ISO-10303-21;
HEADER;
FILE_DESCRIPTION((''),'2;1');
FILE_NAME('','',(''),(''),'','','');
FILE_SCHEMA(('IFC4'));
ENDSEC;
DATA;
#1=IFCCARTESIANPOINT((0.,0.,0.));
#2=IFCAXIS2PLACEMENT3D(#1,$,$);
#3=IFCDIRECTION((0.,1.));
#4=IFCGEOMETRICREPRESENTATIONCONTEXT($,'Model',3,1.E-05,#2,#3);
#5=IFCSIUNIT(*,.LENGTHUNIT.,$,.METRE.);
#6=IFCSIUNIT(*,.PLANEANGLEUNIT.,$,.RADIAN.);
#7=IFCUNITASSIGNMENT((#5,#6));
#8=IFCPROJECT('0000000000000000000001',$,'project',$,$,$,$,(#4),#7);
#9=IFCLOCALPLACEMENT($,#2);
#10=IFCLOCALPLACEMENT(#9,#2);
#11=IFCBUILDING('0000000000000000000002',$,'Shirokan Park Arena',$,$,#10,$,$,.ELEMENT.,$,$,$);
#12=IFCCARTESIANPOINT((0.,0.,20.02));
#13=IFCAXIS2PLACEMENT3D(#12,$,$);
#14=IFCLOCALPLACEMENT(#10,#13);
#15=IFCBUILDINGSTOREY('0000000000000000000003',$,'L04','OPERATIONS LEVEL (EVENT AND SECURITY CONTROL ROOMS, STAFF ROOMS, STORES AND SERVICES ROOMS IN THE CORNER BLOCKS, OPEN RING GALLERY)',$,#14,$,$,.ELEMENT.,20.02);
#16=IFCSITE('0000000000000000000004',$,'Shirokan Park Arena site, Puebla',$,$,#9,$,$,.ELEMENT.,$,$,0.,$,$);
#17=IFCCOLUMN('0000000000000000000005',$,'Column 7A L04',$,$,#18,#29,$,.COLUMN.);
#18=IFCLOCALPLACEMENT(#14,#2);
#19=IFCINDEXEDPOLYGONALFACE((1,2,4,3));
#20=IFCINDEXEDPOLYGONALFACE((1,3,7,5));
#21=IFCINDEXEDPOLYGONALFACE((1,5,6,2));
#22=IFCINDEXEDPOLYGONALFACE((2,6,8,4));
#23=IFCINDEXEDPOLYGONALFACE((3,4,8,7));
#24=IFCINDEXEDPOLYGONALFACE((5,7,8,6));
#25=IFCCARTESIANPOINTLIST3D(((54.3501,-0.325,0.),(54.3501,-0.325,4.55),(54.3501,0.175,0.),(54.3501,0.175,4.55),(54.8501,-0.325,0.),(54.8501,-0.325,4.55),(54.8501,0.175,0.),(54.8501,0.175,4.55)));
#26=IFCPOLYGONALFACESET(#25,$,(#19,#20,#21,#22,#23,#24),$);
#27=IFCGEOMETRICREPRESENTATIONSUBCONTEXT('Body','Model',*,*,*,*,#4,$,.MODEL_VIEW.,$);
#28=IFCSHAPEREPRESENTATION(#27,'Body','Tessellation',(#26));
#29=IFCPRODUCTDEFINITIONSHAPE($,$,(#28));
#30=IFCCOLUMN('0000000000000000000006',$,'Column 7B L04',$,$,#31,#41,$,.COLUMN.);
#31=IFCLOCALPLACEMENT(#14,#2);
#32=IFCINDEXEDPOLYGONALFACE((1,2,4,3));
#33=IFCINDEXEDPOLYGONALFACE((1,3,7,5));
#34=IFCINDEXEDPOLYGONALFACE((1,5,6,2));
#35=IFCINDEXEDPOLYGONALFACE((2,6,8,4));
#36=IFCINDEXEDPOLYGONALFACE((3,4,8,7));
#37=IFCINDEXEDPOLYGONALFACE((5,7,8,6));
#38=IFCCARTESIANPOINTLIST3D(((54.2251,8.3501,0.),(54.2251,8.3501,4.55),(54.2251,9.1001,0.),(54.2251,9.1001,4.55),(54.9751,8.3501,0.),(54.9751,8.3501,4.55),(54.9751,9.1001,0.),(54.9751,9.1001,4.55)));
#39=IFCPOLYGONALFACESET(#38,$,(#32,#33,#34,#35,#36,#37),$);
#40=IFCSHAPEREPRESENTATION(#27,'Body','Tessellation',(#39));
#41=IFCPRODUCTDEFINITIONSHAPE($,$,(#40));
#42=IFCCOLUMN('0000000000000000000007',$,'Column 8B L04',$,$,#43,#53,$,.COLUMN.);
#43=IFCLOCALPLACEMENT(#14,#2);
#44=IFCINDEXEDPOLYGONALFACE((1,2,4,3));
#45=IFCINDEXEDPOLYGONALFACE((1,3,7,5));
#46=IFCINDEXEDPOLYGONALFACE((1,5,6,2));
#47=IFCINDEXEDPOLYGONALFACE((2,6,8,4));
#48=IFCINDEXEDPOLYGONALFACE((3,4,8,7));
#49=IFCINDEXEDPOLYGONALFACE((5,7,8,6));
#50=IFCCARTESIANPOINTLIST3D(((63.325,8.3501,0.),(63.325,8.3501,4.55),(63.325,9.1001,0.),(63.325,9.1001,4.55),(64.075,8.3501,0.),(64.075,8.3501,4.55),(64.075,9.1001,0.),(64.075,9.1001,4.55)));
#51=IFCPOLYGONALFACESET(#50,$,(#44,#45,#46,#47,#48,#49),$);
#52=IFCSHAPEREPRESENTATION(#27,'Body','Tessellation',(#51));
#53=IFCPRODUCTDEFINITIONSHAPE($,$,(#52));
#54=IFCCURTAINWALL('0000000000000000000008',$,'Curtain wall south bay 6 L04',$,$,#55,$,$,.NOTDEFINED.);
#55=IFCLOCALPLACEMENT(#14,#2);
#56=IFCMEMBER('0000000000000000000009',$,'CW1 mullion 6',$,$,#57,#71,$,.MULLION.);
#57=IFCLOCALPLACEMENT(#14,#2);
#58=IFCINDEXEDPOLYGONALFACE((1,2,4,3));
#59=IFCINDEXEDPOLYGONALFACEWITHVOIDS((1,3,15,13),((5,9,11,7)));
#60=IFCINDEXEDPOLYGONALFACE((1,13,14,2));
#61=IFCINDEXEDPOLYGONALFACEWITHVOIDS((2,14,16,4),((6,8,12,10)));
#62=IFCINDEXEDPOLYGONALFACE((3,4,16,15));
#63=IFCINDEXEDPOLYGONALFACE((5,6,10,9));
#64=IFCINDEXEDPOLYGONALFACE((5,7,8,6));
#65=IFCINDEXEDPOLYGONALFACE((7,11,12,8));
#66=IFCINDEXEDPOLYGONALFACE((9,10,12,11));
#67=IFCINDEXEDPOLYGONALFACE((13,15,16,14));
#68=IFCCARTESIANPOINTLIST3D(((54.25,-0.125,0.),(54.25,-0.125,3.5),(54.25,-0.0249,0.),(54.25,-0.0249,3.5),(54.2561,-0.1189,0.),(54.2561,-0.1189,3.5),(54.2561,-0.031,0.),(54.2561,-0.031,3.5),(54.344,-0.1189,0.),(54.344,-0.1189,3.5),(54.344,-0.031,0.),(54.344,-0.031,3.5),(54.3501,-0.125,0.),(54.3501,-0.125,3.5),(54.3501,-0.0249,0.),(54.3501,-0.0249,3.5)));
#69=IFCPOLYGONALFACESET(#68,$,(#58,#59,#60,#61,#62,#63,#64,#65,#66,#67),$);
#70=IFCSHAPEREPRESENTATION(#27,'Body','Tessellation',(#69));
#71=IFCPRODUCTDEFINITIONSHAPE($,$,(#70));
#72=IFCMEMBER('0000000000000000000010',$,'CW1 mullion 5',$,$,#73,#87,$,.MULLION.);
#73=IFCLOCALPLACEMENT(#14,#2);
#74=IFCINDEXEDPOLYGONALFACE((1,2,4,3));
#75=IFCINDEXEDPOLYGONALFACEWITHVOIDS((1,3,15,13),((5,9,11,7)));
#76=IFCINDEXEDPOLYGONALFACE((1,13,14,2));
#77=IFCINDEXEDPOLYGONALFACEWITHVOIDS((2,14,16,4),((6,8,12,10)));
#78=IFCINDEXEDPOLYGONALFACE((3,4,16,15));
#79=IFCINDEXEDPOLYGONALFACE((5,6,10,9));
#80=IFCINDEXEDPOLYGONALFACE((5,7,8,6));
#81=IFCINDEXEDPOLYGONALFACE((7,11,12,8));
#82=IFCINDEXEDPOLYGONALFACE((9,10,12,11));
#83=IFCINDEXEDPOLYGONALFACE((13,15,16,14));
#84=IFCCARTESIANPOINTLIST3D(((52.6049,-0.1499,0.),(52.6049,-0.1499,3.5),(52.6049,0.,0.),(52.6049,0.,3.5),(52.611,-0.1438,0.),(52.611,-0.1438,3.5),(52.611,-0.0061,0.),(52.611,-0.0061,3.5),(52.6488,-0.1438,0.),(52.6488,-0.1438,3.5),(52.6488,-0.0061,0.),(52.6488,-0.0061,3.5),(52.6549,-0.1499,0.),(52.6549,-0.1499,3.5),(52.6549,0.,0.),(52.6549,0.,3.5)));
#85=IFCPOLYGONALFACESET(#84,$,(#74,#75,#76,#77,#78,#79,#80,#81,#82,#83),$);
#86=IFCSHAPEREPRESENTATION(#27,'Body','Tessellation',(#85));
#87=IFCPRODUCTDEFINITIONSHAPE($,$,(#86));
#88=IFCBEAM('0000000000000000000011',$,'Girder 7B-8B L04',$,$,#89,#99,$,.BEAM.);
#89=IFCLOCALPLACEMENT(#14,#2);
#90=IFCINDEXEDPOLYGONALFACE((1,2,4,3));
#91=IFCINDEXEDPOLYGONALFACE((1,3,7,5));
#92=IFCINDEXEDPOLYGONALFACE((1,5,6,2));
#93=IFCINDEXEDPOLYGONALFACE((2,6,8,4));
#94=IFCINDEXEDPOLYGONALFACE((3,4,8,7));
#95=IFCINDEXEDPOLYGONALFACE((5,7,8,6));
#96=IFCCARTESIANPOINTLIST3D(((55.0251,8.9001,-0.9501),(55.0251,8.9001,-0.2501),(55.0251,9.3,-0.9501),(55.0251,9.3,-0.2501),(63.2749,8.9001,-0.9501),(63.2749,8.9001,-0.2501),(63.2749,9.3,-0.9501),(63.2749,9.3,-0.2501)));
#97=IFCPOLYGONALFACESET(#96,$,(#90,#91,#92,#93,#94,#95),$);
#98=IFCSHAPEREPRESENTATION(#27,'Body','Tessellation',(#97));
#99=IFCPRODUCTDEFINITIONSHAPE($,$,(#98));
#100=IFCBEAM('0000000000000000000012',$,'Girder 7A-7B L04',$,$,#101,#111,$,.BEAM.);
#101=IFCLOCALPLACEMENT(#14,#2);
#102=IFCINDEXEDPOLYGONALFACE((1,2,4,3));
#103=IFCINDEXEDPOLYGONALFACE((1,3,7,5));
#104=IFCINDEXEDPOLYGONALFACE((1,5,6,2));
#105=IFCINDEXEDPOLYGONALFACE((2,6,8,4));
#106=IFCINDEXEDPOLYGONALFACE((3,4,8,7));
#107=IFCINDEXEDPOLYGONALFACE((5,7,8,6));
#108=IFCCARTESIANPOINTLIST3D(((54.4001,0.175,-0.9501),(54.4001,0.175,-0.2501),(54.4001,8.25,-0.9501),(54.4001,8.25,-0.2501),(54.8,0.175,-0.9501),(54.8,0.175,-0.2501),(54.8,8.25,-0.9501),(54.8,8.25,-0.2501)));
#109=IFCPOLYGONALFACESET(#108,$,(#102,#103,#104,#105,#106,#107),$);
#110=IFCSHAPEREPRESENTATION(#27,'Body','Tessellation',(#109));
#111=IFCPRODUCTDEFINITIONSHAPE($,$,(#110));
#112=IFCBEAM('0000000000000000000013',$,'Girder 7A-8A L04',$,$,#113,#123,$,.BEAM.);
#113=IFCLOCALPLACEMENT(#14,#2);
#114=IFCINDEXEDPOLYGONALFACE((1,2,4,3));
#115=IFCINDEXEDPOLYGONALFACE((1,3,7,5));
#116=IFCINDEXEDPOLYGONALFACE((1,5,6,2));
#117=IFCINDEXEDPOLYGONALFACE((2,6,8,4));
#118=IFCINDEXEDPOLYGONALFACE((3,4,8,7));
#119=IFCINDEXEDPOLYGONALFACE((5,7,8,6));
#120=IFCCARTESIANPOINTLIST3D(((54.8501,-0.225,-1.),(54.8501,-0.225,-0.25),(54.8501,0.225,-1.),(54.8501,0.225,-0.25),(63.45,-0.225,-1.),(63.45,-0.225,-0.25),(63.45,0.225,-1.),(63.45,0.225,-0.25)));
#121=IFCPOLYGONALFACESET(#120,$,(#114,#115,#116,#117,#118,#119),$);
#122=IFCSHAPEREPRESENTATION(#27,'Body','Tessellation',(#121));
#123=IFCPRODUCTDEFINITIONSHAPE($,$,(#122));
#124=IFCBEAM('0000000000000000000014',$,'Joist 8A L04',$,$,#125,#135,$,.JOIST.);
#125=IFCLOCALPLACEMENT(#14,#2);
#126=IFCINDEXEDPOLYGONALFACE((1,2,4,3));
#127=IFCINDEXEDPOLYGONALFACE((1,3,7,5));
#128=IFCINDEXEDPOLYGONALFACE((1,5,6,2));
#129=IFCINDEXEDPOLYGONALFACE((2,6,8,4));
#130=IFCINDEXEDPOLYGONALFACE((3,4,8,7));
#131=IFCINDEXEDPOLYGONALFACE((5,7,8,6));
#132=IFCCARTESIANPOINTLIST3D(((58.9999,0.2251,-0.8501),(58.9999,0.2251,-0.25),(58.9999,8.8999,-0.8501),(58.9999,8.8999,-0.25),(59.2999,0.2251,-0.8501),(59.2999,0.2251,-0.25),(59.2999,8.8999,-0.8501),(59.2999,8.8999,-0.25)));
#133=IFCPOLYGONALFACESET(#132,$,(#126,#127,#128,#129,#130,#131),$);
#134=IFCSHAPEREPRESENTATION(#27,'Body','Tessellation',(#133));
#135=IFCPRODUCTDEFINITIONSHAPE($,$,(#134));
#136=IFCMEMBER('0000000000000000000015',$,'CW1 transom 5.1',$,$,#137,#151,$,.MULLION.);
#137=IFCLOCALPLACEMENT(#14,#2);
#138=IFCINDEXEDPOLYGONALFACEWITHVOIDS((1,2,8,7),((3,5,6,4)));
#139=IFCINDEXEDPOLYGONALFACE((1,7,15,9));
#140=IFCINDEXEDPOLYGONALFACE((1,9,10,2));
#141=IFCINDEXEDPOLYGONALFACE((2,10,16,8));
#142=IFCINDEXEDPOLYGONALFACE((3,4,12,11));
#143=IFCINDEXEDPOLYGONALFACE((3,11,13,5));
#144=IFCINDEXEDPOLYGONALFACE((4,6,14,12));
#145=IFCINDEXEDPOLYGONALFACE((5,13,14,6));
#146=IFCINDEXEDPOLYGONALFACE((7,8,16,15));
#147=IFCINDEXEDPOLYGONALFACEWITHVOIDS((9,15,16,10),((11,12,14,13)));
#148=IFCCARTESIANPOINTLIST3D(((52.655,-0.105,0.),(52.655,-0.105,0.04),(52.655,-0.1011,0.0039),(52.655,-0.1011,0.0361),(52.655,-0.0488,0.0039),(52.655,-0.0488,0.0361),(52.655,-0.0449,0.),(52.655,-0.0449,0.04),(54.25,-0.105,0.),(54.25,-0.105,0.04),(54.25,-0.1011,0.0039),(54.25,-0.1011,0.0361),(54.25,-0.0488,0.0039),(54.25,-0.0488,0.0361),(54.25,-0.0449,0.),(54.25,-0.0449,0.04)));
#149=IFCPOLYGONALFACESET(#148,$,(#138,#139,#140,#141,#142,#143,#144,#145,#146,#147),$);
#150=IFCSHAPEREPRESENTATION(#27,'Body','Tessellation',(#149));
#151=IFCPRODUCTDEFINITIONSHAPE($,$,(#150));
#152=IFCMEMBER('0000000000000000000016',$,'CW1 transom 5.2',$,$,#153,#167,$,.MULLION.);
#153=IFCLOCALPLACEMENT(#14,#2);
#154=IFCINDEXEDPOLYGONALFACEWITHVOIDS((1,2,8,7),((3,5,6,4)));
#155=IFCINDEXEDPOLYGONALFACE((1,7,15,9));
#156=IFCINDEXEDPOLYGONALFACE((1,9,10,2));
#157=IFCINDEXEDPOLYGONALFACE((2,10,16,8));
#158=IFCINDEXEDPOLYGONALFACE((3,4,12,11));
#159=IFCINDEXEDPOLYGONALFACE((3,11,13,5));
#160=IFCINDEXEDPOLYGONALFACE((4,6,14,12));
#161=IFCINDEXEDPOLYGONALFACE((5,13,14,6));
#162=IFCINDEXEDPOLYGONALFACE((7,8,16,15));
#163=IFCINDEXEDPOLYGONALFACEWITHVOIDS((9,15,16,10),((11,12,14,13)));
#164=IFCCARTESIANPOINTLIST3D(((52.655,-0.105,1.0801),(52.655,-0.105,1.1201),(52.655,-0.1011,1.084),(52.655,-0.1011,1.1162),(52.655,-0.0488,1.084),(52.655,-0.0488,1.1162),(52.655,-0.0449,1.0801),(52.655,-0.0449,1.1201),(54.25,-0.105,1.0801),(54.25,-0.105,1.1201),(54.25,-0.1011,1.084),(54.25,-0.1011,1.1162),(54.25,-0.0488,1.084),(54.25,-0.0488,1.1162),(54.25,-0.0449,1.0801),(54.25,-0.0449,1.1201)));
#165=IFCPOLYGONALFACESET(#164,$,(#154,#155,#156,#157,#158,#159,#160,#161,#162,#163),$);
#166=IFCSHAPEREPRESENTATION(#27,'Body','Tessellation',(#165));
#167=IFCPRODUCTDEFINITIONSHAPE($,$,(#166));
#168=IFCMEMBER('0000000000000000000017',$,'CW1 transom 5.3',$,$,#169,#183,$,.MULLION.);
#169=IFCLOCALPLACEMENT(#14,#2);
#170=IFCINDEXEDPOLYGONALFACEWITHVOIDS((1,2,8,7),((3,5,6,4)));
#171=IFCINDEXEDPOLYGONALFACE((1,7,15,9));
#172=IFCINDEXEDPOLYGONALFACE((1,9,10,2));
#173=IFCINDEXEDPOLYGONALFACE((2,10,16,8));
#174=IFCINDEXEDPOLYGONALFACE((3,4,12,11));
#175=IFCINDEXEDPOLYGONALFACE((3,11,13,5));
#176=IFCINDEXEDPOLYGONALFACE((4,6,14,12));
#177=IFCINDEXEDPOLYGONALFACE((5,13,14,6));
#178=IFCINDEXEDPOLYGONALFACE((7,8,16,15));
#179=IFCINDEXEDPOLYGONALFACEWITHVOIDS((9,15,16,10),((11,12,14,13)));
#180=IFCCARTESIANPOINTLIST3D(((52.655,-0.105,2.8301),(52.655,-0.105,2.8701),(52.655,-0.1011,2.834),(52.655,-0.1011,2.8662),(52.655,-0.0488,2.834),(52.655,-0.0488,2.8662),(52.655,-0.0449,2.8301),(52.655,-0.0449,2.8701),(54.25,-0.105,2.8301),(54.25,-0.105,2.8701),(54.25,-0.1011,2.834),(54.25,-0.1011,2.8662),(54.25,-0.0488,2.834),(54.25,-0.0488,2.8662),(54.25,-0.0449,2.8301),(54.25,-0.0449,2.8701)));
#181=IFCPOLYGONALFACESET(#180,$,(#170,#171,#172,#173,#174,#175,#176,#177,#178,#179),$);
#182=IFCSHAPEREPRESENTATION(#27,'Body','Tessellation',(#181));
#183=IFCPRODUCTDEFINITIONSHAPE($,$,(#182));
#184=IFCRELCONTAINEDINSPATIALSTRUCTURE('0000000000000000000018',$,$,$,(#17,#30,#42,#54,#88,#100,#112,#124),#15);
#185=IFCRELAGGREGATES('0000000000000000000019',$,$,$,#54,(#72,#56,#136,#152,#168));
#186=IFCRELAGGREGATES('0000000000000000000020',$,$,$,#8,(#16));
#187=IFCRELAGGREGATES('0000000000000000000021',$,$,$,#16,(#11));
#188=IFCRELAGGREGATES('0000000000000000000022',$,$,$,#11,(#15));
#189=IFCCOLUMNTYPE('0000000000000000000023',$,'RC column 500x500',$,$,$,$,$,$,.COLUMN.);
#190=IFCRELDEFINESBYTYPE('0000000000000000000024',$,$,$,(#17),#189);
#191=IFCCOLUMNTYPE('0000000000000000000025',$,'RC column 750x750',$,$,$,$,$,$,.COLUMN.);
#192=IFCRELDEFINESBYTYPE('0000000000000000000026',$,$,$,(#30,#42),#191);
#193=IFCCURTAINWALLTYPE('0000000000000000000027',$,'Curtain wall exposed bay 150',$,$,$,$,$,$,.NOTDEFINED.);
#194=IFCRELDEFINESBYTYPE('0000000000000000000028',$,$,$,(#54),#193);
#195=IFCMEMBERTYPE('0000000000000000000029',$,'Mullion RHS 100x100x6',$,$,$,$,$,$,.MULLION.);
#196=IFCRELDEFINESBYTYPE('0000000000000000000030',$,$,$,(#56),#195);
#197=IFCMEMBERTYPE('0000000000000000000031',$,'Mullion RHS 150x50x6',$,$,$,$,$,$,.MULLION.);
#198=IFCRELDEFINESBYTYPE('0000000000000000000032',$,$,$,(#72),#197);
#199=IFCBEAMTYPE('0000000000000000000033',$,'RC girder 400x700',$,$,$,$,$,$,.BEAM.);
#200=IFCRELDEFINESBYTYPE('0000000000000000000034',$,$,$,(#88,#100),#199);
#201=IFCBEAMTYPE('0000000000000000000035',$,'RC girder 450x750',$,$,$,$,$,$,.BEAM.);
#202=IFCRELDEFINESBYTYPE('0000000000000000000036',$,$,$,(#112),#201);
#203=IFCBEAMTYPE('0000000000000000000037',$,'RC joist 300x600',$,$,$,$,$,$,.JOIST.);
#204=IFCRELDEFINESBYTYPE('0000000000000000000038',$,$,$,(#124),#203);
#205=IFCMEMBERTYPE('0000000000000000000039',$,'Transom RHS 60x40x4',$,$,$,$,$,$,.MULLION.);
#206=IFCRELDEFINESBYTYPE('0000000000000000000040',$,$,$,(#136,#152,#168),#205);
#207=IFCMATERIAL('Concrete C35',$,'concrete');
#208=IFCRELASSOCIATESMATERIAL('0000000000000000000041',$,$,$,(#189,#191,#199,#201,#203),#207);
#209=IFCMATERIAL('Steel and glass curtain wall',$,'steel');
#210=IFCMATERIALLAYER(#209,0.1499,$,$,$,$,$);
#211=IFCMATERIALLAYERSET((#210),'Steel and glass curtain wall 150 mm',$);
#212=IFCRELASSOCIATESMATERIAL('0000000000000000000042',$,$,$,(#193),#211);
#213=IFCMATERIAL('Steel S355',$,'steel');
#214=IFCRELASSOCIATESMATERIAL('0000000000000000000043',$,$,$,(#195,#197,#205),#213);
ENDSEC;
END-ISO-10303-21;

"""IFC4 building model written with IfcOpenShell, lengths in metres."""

from ifc_helpers import new_model, si_unit, direction, frame, origin, origin_2d, place, context, subcontext, project, spatial, rectangle, hollow_rectangle, extrude, material, layer, layer_set, material_profile, profile_set, type_object, element, aggregate, save


model = new_model("IFC4")

# Units and contexts
model_context = context("Model", 3, precision=1e-05, world=origin(), true_north=direction((0.0, 1.0)))
body_context = subcontext(model_context, "Body", "Model", "MODEL_VIEW")
ifc_project = project(units=[si_unit("LENGTHUNIT", "METRE"), si_unit("PLANEANGLEUNIT", "RADIAN")], contexts=[model_context])

# Site, building, storey
site_placement = place(None, origin())
site = spatial("IfcSite", under=ifc_project, at=site_placement, Name="Shirokan Park Arena site, Puebla", CompositionType="ELEMENT", RefElevation=0.0)
building_placement = place(site_placement, origin())
building = spatial("IfcBuilding", under=site, at=building_placement, Name="Shirokan Park Arena", CompositionType="ELEMENT")
storey_placement = place(building_placement, frame((0.0, 0.0, 20.02)))
storey = spatial("IfcBuildingStorey", under=building, at=storey_placement, Name="L04", Description="OPERATIONS LEVEL (EVENT AND SECURITY CONTROL ROOMS, STAFF ROOMS, STORES AND SERVICES ROOMS IN THE CORNER BLOCKS, OPEN RING GALLERY)", CompositionType="ELEMENT", Elevation=20.02)

# Columns
ifc_material_1 = material(Name="Concrete C35", Category="concrete")
ifc_material_profile_1 = material_profile(ifc_material_1, rectangle(XDim=0.5, YDim=0.5, at=origin_2d()), Name="500x500")
ifc_profile_set_1 = profile_set([ifc_material_profile_1], Name="Concrete C35")
column_type_1 = type_object("IfcColumnType", Name="RC column 500x500", PredefinedType="COLUMN", material=ifc_profile_set_1)
column_placement = place(storey_placement, frame((54.6001, -0.075, 0.0), z_axis=(0.0, 0.0, 1.0), x_axis=(1.0, 0.0, 0.0)))
element("IfcColumn", 1, at=column_placement, inside=storey, type_object=column_type_1, Name="Column 7A L04", PredefinedType="COLUMN", context=body_context, shape_type="SweptSolid", body=[
    extrude(rectangle(XDim=0.5, YDim=0.5, at=origin_2d()), origin(), (0.0, 0.0, 1.0), 4.55),
])
ifc_material_profile_2 = material_profile(ifc_material_1, rectangle(XDim=0.75, YDim=0.75, at=origin_2d()), Name="750x750")
ifc_profile_set_2 = profile_set([ifc_material_profile_2], Name="Concrete C35")
column_type_2 = type_object("IfcColumnType", Name="RC column 750x750", PredefinedType="COLUMN", material=ifc_profile_set_2)
for number, where, z_axis, x_axis, name in (
    (2, (54.6001, 8.7251, 0.0), (0.0, 0.0, 1.0), (1.0, 0.0, 0.0), "Column 7B L04"),
    (3, (63.7, 8.7251, 0.0), (0.0, 0.0, 1.0), (1.0, 0.0, 0.0), "Column 8B L04"),
):
    element("IfcColumn", number, at=place(storey_placement, frame(where, z_axis=z_axis, x_axis=x_axis)), inside=storey, type_object=column_type_2, Name=name, PredefinedType="COLUMN", context=body_context, shape_type="SweptSolid", body=[
        extrude(rectangle(XDim=0.75, YDim=0.75, at=origin_2d()), origin(), (0.0, 0.0, 1.0), 4.55),
    ])

# Curtain wall, members
ifc_material_2 = material(Name="Steel and glass curtain wall", Category="steel")
ifc_layer_1 = layer(ifc_material_2, 0.1499)
ifc_layer_set_1 = layer_set([ifc_layer_1], Name="Steel and glass curtain wall 150 mm")
curtain_wall_type = type_object("IfcCurtainWallType", Name="Curtain wall exposed bay 150", PredefinedType="NOTDEFINED", material=ifc_layer_set_1)
curtain_wall_placement = place(storey_placement, origin())
curtain_wall = element("IfcCurtainWall", 4, at=curtain_wall_placement, inside=storey, type_object=curtain_wall_type, Name="Curtain wall south bay 6 L04", PredefinedType="NOTDEFINED")
ifc_material_3 = material(Name="Steel S355", Category="steel")
ifc_material_profile_3 = material_profile(ifc_material_3, hollow_rectangle(XDim=0.1001, YDim=0.1001, WallThickness=0.0061, at=origin_2d()), Name="RHS 100x100x6")
ifc_profile_set_3 = profile_set([ifc_material_profile_3], Name="Steel S355")
member_type_1 = type_object("IfcMemberType", Name="Mullion RHS 100x100x6", PredefinedType="MULLION", material=ifc_profile_set_3)
member_1_placement = place(storey_placement, frame((54.3, -0.075, 0.0), z_axis=(0.0, 0.0, 1.0), x_axis=(0.0, 1.0, 0.0)))
member_1 = element("IfcMember", 5, at=member_1_placement, type_object=member_type_1, Name="CW1 mullion 6", PredefinedType="MULLION", context=body_context, shape_type="SweptSolid", body=[
    extrude(hollow_rectangle(XDim=0.1001, YDim=0.1001, WallThickness=0.0061, at=origin_2d()), origin(), (0.0, 0.0, 1.0), 3.5),
])
ifc_material_profile_4 = material_profile(ifc_material_3, hollow_rectangle(XDim=0.1499, YDim=0.05, WallThickness=0.0061, at=origin_2d()), Name="RHS 150x50x6")
ifc_profile_set_4 = profile_set([ifc_material_profile_4], Name="Steel S355")
member_type_2 = type_object("IfcMemberType", Name="Mullion RHS 150x50x6", PredefinedType="MULLION", material=ifc_profile_set_4)
member_2_placement = place(storey_placement, frame((52.6299, -0.075, 0.0), z_axis=(0.0, 0.0, 1.0), x_axis=(0.0, 1.0, 0.0)))
member_2 = element("IfcMember", 6, at=member_2_placement, type_object=member_type_2, Name="CW1 mullion 5", PredefinedType="MULLION", context=body_context, shape_type="SweptSolid", body=[
    extrude(hollow_rectangle(XDim=0.1499, YDim=0.05, WallThickness=0.0061, at=origin_2d()), origin(), (0.0, 0.0, 1.0), 3.5),
])

# Beams
ifc_material_profile_5 = material_profile(ifc_material_1, rectangle(XDim=0.3999, YDim=0.7, at=origin_2d()), Name="400x700")
ifc_profile_set_5 = profile_set([ifc_material_profile_5], Name="Concrete C35")
beam_type_1 = type_object("IfcBeamType", Name="RC girder 400x700", PredefinedType="BEAM", material=ifc_profile_set_5)
beam_1_placement = place(storey_placement, frame((55.0251, 9.1001, -0.6001), z_axis=(1.0, 0.0, 0.0), x_axis=(0.0, 1.0, 0.0)))
element("IfcBeam", 7, at=beam_1_placement, inside=storey, type_object=beam_type_1, Name="Girder 7B-8B L04", PredefinedType="BEAM", context=body_context, shape_type="SweptSolid", body=[
    extrude(rectangle(XDim=0.3999, YDim=0.7, at=origin_2d()), origin(), (0.0, 0.0, 1.0), 8.2498),
])
beam_2_placement = place(storey_placement, frame((54.6001, 0.175, -0.6001), z_axis=(0.0, 1.0, 0.0), x_axis=(-1.0, 0.0, 0.0)))
element("IfcBeam", 8, at=beam_2_placement, inside=storey, type_object=beam_type_1, Name="Girder 7A-7B L04", PredefinedType="BEAM", context=body_context, shape_type="SweptSolid", body=[
    extrude(rectangle(XDim=0.3999, YDim=0.7, at=origin_2d()), origin(), (0.0, 0.0, 1.0), 8.075),
])
ifc_material_profile_6 = material_profile(ifc_material_1, rectangle(XDim=0.45, YDim=0.75, at=origin_2d()), Name="450x750")
ifc_profile_set_6 = profile_set([ifc_material_profile_6], Name="Concrete C35")
beam_type_2 = type_object("IfcBeamType", Name="RC girder 450x750", PredefinedType="BEAM", material=ifc_profile_set_6)
beam_3_placement = place(storey_placement, frame((54.8501, 0.0, -0.625), z_axis=(1.0, 0.0, 0.0), x_axis=(0.0, 1.0, 0.0)))
element("IfcBeam", 9, at=beam_3_placement, inside=storey, type_object=beam_type_2, Name="Girder 7A-8A L04", PredefinedType="BEAM", context=body_context, shape_type="SweptSolid", body=[
    extrude(rectangle(XDim=0.45, YDim=0.75, at=origin_2d()), origin(), (0.0, 0.0, 1.0), 8.5999),
])
ifc_material_profile_7 = material_profile(ifc_material_1, rectangle(XDim=0.3, YDim=0.6001, at=origin_2d()), Name="300x600")
ifc_profile_set_7 = profile_set([ifc_material_profile_7], Name="Concrete C35")
beam_type_3 = type_object("IfcBeamType", Name="RC joist 300x600", PredefinedType="JOIST", material=ifc_profile_set_7)
beam_4_placement = place(storey_placement, frame((59.1499, 0.2251, -0.55), z_axis=(0.0, 1.0, 0.0), x_axis=(-1.0, 0.0, 0.0)))
element("IfcBeam", 10, at=beam_4_placement, inside=storey, type_object=beam_type_3, Name="Joist 8A L04", PredefinedType="JOIST", context=body_context, shape_type="SweptSolid", body=[
    extrude(rectangle(XDim=0.3, YDim=0.6001, at=origin_2d()), origin(), (0.0, 0.0, 1.0), 8.6748),
])

# Members
ifc_material_profile_8 = material_profile(ifc_material_3, hollow_rectangle(XDim=0.0601, YDim=0.04, WallThickness=0.0039, at=origin_2d()), Name="RHS 60x40x4")
ifc_profile_set_8 = profile_set([ifc_material_profile_8], Name="Steel S355")
member_type_3 = type_object("IfcMemberType", Name="Transom RHS 60x40x4", PredefinedType="MULLION", material=ifc_profile_set_8)
member_3_placement = place(storey_placement, frame((52.655, -0.075, 0.02), z_axis=(1.0, 0.0, 0.0), x_axis=(0.0, 1.0, 0.0)))
member_3 = element("IfcMember", 11, at=member_3_placement, type_object=member_type_3, Name="CW1 transom 5.1", PredefinedType="MULLION", context=body_context, shape_type="SweptSolid", body=[
    extrude(hollow_rectangle(XDim=0.0601, YDim=0.04, WallThickness=0.0039, at=origin_2d()), origin(), (0.0, 0.0, 1.0), 1.595),
])
member_4_placement = place(storey_placement, frame((52.655, -0.075, 1.1001), z_axis=(1.0, 0.0, 0.0), x_axis=(0.0, 1.0, 0.0)))
member_4 = element("IfcMember", 12, at=member_4_placement, type_object=member_type_3, Name="CW1 transom 5.2", PredefinedType="MULLION", context=body_context, shape_type="SweptSolid", body=[
    extrude(hollow_rectangle(XDim=0.0601, YDim=0.04, WallThickness=0.0039, at=origin_2d()), origin(), (0.0, 0.0, 1.0), 1.595),
])
member_5_placement = place(storey_placement, frame((52.655, -0.075, 2.8501), z_axis=(1.0, 0.0, 0.0), x_axis=(0.0, 1.0, 0.0)))
member_5 = element("IfcMember", 13, at=member_5_placement, type_object=member_type_3, Name="CW1 transom 5.3", PredefinedType="MULLION", context=body_context, shape_type="SweptSolid", body=[
    extrude(hollow_rectangle(XDim=0.0601, YDim=0.04, WallThickness=0.0039, at=origin_2d()), origin(), (0.0, 0.0, 1.0), 1.595),
])

aggregate(curtain_wall, [member_2, member_1, member_3, member_4, member_5])

save(model, "model.ifc")
